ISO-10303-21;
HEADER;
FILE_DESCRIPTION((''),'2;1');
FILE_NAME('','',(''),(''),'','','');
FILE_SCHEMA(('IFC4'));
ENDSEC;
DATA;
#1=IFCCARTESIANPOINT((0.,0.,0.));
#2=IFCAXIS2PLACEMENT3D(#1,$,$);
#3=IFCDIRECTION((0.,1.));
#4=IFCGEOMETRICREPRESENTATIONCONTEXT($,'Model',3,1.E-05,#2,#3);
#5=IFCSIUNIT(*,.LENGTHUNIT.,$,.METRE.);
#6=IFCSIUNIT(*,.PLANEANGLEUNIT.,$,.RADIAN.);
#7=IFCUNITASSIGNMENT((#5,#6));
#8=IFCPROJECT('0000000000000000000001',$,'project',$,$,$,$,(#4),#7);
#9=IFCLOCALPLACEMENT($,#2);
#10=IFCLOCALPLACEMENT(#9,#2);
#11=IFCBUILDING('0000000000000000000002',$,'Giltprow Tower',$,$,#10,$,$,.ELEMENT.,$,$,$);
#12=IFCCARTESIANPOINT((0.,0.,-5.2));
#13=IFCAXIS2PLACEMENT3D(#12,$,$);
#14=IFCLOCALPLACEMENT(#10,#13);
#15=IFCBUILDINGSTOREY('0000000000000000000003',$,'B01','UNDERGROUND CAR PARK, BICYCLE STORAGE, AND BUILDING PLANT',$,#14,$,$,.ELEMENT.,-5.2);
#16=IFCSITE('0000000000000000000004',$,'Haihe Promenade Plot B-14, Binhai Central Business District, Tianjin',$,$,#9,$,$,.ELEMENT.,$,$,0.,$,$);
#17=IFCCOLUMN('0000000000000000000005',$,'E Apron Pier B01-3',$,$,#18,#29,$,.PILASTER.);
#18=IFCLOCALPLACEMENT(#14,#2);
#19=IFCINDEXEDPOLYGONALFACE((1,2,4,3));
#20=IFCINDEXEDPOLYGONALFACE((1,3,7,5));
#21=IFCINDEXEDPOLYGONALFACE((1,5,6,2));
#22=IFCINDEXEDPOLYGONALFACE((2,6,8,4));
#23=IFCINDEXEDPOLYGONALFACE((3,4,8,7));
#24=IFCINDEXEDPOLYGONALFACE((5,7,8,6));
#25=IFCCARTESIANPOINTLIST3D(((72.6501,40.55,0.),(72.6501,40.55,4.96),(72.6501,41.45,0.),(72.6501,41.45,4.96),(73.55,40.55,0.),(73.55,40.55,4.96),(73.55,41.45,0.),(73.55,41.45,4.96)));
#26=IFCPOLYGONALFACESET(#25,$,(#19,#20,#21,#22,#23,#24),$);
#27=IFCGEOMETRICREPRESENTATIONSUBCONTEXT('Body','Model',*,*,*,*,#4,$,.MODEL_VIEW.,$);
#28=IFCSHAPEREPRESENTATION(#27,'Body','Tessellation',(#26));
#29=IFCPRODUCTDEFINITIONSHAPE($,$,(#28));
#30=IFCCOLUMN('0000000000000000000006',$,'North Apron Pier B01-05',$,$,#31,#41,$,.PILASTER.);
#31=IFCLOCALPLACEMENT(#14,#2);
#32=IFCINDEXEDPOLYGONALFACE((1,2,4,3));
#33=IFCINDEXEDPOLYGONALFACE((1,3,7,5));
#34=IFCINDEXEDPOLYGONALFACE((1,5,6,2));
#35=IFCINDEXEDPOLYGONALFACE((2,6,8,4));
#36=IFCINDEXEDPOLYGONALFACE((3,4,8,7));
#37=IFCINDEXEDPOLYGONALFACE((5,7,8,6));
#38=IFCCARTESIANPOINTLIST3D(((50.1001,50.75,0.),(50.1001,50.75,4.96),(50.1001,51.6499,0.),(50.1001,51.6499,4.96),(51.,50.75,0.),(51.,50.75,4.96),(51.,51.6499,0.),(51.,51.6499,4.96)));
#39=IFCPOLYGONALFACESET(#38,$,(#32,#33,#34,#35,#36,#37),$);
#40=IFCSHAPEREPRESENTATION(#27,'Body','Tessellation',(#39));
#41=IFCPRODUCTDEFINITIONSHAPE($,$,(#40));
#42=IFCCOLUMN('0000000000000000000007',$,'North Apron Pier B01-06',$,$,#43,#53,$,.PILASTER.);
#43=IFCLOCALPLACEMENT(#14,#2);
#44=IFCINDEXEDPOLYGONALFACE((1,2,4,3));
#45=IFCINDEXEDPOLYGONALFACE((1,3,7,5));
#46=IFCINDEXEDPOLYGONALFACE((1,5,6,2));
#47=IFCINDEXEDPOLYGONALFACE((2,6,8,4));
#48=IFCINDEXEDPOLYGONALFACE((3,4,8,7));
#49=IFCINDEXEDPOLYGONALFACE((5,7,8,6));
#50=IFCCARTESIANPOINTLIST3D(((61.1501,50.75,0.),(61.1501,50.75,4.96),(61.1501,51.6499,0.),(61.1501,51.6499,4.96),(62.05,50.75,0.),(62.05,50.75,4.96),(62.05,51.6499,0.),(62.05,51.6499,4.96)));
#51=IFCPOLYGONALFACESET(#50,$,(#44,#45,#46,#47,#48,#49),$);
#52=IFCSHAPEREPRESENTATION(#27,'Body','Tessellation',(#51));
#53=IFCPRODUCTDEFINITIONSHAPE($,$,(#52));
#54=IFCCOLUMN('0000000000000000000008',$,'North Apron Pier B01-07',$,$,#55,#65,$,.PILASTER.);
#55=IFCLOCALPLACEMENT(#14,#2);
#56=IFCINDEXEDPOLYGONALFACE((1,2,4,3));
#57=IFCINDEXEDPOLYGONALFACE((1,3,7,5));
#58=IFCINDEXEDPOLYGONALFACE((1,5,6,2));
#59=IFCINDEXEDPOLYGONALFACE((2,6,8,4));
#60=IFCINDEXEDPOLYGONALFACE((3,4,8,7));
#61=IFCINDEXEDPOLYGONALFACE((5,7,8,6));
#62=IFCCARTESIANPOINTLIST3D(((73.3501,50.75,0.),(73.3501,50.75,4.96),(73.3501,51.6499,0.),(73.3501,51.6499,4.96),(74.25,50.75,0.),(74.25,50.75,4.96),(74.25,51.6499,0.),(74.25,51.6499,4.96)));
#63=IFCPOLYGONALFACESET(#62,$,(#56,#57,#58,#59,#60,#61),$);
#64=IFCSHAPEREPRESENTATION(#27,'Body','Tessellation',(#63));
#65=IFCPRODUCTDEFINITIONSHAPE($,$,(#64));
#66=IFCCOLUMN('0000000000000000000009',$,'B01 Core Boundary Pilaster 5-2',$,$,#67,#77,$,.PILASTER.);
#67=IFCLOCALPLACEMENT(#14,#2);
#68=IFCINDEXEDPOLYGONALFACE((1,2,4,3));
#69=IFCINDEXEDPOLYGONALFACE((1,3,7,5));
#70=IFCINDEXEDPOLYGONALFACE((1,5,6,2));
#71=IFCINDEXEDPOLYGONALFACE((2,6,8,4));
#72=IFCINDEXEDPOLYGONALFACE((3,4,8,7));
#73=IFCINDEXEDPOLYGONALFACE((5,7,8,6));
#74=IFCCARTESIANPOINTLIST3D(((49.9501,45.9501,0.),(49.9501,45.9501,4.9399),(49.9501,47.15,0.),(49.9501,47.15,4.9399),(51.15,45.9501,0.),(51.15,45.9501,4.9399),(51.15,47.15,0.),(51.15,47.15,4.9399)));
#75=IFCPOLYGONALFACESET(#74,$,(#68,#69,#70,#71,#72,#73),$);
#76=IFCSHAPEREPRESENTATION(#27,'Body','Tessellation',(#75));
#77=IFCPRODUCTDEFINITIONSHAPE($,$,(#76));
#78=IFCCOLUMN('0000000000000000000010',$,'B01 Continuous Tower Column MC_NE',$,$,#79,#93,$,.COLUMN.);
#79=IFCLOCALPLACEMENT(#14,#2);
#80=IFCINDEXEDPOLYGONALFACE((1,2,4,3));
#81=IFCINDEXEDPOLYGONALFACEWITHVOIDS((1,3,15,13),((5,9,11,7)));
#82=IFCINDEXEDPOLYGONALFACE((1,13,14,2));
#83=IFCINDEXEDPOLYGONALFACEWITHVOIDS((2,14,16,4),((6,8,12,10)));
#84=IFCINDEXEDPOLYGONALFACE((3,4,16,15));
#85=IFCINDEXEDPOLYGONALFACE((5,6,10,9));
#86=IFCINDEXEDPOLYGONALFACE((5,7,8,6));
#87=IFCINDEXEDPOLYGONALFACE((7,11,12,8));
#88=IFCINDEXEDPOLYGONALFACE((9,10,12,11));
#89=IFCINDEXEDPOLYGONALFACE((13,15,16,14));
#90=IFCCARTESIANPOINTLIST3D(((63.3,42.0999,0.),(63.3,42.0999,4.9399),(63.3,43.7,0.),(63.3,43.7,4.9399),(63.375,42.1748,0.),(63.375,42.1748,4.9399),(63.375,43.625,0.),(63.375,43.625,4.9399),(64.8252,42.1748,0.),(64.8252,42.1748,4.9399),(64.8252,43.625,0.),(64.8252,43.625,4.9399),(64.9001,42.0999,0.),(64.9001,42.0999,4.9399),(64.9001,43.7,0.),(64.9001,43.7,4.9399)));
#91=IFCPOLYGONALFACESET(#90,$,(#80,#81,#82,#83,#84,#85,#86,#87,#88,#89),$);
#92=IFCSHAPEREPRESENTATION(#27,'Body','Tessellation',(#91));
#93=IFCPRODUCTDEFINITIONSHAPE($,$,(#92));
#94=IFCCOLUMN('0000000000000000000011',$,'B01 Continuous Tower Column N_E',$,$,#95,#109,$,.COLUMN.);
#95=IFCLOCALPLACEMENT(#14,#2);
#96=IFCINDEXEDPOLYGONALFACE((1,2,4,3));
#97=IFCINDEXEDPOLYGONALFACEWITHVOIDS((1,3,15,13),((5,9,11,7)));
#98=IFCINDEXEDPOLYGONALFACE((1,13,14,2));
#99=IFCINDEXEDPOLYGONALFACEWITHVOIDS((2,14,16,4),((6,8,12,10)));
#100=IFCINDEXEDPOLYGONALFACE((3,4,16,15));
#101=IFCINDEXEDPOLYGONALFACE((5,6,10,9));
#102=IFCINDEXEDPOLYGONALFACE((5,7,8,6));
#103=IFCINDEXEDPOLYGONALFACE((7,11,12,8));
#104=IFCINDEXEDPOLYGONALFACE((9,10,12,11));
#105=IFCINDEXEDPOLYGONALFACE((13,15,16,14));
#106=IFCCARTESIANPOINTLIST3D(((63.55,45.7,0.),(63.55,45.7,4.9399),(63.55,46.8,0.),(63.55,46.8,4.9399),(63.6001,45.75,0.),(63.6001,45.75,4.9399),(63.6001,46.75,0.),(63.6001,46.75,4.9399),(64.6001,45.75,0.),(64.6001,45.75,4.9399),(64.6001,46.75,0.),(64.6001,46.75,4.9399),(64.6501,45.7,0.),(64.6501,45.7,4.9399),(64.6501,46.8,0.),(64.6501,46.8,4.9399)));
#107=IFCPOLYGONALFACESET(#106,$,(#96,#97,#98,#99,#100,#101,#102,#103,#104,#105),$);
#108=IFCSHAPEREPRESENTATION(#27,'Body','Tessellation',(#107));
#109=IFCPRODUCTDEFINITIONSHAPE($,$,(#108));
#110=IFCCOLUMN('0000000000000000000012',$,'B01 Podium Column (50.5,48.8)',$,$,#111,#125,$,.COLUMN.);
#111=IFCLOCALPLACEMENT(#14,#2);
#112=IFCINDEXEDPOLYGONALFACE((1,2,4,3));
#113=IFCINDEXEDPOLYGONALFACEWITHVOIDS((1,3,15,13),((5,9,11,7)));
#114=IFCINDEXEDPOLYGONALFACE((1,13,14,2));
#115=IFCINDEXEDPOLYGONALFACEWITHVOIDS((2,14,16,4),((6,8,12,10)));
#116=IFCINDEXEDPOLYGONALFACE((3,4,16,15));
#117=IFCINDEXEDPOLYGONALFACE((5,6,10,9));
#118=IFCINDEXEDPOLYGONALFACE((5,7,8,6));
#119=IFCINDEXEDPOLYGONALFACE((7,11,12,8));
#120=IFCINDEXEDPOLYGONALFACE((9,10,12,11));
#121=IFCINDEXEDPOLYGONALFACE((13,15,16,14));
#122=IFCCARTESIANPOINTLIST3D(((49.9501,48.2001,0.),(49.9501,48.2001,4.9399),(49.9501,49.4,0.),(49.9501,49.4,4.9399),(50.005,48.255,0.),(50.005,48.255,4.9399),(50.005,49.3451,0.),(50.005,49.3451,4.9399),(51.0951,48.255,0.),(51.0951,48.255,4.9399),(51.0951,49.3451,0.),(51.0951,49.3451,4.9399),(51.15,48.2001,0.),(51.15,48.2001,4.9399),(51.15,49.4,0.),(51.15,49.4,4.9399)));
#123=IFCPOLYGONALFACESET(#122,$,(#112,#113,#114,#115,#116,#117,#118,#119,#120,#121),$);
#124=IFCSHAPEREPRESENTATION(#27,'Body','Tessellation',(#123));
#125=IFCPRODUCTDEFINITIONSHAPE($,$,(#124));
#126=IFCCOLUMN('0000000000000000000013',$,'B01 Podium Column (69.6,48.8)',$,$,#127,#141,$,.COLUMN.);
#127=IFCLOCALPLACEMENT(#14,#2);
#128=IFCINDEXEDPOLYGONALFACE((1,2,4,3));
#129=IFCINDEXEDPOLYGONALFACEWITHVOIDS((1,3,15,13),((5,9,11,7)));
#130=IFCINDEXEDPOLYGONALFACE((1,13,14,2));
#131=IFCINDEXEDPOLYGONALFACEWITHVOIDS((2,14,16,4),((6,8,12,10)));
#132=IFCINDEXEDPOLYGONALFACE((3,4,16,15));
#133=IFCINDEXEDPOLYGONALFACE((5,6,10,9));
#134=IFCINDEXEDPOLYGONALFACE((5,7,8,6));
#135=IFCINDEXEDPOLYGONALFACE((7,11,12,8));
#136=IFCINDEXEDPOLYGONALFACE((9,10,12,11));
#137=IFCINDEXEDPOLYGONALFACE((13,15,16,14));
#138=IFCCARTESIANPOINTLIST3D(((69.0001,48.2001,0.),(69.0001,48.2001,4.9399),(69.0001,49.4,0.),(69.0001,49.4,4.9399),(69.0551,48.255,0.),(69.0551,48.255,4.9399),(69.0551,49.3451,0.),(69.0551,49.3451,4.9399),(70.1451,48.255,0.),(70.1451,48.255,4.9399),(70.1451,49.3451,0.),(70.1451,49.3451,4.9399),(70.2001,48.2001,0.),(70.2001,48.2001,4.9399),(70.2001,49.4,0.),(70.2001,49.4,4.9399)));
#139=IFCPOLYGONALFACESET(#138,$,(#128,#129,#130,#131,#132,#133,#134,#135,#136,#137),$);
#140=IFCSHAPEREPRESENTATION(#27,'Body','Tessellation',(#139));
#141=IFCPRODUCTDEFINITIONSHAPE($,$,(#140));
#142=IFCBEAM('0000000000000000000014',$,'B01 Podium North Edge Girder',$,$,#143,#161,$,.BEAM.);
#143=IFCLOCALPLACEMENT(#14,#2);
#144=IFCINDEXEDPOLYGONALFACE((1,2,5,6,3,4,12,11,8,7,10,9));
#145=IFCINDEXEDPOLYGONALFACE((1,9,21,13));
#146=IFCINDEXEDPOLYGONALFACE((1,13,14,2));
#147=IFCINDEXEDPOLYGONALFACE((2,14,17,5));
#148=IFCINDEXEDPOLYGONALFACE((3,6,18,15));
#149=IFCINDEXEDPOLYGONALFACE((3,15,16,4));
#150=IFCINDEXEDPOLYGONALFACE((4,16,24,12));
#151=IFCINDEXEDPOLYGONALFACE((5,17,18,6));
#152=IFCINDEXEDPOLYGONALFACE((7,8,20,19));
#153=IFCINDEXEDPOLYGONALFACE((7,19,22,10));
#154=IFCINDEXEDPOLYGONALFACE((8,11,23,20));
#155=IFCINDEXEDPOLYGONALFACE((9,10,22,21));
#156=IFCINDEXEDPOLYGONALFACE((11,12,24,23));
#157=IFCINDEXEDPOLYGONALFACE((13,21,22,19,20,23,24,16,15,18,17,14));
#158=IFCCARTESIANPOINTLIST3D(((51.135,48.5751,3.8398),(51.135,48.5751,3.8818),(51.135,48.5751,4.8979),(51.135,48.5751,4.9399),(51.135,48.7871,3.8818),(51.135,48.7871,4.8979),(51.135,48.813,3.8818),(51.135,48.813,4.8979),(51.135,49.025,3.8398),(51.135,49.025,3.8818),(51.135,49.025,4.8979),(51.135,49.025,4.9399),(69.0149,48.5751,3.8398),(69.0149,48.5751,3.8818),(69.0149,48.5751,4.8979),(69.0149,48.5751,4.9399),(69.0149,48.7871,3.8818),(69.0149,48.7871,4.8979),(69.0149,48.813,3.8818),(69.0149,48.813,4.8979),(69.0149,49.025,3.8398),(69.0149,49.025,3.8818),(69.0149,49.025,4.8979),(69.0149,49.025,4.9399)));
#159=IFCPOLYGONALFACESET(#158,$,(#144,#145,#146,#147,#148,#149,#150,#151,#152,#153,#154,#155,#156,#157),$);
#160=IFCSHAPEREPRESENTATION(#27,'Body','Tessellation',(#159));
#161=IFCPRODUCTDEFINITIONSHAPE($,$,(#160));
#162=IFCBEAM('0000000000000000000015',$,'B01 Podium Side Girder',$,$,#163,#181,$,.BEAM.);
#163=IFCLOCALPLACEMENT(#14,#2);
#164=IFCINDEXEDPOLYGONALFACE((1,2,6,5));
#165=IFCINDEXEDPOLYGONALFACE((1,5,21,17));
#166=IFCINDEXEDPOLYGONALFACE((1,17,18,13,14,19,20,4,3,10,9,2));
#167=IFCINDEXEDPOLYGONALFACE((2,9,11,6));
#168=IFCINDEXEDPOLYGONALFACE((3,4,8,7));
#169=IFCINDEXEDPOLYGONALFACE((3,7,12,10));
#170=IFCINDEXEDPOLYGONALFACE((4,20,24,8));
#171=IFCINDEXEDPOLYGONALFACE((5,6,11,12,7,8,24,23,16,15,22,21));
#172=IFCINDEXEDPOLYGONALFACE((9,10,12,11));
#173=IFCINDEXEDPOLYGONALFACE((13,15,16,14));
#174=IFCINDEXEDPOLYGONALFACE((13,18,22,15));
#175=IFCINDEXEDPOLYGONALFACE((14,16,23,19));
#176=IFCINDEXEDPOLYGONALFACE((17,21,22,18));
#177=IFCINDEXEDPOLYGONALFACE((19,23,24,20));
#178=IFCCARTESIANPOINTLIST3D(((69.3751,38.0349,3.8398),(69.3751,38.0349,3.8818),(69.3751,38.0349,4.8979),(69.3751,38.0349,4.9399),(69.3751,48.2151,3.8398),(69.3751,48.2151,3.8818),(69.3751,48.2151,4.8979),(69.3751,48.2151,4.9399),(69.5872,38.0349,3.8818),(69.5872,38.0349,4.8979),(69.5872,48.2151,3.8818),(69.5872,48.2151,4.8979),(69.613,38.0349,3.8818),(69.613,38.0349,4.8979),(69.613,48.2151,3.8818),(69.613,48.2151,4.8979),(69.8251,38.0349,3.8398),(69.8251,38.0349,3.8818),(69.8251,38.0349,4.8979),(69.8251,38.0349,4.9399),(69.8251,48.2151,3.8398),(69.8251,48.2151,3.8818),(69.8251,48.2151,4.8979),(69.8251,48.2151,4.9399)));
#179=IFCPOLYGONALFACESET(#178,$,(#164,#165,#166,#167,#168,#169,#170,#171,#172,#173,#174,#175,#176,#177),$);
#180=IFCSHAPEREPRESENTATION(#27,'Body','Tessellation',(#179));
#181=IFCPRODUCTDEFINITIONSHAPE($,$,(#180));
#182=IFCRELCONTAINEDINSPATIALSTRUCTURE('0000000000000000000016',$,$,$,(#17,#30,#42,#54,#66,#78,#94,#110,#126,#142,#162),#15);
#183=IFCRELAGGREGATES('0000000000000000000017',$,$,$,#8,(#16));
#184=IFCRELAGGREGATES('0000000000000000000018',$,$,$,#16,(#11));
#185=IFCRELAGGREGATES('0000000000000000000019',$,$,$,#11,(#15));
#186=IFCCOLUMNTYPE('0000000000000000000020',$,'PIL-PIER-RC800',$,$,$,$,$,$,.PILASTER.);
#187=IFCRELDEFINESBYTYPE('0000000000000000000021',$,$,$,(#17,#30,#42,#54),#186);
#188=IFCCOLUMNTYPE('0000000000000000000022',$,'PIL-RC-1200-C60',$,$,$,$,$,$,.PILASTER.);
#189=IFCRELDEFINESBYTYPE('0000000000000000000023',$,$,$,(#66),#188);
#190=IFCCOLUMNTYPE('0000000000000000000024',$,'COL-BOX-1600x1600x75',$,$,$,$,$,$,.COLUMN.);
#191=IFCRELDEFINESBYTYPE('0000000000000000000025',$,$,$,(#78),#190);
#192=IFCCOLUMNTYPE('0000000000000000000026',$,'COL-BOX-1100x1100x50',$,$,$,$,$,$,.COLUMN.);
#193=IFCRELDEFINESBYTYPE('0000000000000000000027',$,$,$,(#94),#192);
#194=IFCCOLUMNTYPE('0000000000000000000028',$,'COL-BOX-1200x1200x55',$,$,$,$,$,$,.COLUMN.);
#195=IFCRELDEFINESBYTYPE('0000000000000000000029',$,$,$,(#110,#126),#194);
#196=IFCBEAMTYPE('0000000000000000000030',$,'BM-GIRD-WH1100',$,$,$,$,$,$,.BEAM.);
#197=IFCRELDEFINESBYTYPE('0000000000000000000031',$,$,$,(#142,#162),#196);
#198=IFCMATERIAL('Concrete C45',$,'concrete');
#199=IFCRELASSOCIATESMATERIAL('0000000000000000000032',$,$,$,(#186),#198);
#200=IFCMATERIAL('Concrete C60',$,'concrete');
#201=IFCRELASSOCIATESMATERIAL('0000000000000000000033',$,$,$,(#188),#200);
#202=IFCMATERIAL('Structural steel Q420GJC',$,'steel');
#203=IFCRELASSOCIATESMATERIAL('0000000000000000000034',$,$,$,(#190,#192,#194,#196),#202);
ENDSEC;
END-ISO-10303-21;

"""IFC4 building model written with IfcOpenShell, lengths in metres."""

from ifc_helpers import new_model, si_unit, direction, frame, origin, origin_2d, place, context, subcontext, project, spatial, rectangle, hollow_rectangle, i_section, extrude, source, transform, mapped, material, material_profile, profile_set, type_object, element, save


model = new_model("IFC4")

# Units and contexts
model_context = context("Model", 3, precision=1e-05, world=origin(), true_north=direction((0.0, 1.0)))
body_context = subcontext(model_context, "Body", "Model", "MODEL_VIEW")
ifc_project = project(units=[si_unit("LENGTHUNIT", "METRE"), si_unit("PLANEANGLEUNIT", "RADIAN")], contexts=[model_context])

# Site, building, storey
site_placement = place(None, origin())
site = spatial("IfcSite", under=ifc_project, at=site_placement, Name="Haihe Promenade Plot B-14, Binhai Central Business District, Tianjin", CompositionType="ELEMENT", RefElevation=0.0)
building_placement = place(site_placement, origin())
building = spatial("IfcBuilding", under=site, at=building_placement, Name="Giltprow Tower", CompositionType="ELEMENT")
storey_placement = place(building_placement, frame((0.0, 0.0, -5.2)))
storey = spatial("IfcBuildingStorey", under=building, at=storey_placement, Name="B01", Description="UNDERGROUND CAR PARK, BICYCLE STORAGE, AND BUILDING PLANT", CompositionType="ELEMENT", Elevation=-5.2)

# Columns
ifc_material_1 = material(Name="Concrete C45", Category="concrete")
ifc_material_profile_1 = material_profile(ifc_material_1, rectangle(XDim=0.8999, YDim=0.8999, at=origin_2d()), Name="RC 900x900")
ifc_profile_set_1 = profile_set([ifc_material_profile_1], Name="Concrete C45")
column_type_1 = type_object("IfcColumnType", Name="PIL-PIER-RC800", PredefinedType="PILASTER", material=ifc_profile_set_1)
shared_shape_1 = source(origin(), body_context, "Body", "SweptSolid", [
    extrude(rectangle(XDim=0.8999, YDim=0.8999, at=origin_2d()), origin(), (0.0, 0.0, 1.0), 4.96),
])
for number, where, z_axis, x_axis, name in (
    (1, (73.1001, 41.0, 0.0), (0.0, 0.0, 1.0), (1.0, 0.0, 0.0), "E Apron Pier B01-3"),
    (2, (50.55, 51.2, 0.0), (0.0, 0.0, 1.0), (1.0, 0.0, 0.0), "North Apron Pier B01-05"),
    (3, (61.6001, 51.2, 0.0), (0.0, 0.0, 1.0), (1.0, 0.0, 0.0), "North Apron Pier B01-06"),
    (4, (73.8, 51.2, 0.0), (0.0, 0.0, 1.0), (1.0, 0.0, 0.0), "North Apron Pier B01-07"),
):
    element("IfcColumn", number, at=place(storey_placement, frame(where, z_axis=z_axis, x_axis=x_axis)), inside=storey, type_object=column_type_1, Name=name, PredefinedType="PILASTER", context=body_context, shape_type="MappedRepresentation", body=[
        mapped(shared_shape_1, transform((0.0, 0.0, 0.0), x_axis=(1.0, 0.0, 0.0), y_axis=(0.0, 1.0, 0.0), z_axis=(0.0, 0.0, 1.0), scale=1.0)),
    ])
ifc_material_2 = material(Name="Concrete C60", Category="concrete")
ifc_material_profile_2 = material_profile(ifc_material_2, rectangle(XDim=1.2, YDim=1.2, at=origin_2d()), Name="RC 1200x1200")
ifc_profile_set_2 = profile_set([ifc_material_profile_2], Name="Concrete C60")
column_type_2 = type_object("IfcColumnType", Name="PIL-RC-1200-C60", PredefinedType="PILASTER", material=ifc_profile_set_2)
shared_shape_2 = source(origin(), body_context, "Body", "SweptSolid", [
    extrude(rectangle(XDim=1.2, YDim=1.2, at=origin_2d()), origin(), (0.0, 0.0, 1.0), 4.9399),
])
column_1_placement = place(storey_placement, frame((50.55, 46.55, 0.0), z_axis=(0.0, 0.0, 1.0), x_axis=(1.0, 0.0, 0.0)))
element("IfcColumn", 5, at=column_1_placement, inside=storey, type_object=column_type_2, Name="B01 Core Boundary Pilaster 5-2", PredefinedType="PILASTER", context=body_context, shape_type="MappedRepresentation", body=[
    mapped(shared_shape_2, transform((0.0, 0.0, 0.0), x_axis=(1.0, 0.0, 0.0), y_axis=(0.0, 1.0, 0.0), z_axis=(0.0, 0.0, 1.0), scale=1.0)),
])
ifc_material_3 = material(Name="Structural steel Q420GJC", Category="steel")
ifc_material_profile_3 = material_profile(ifc_material_3, hollow_rectangle(XDim=1.6001, YDim=1.6001, WallThickness=0.075, at=origin_2d()), Name="BOX 1600x1600x75")
ifc_profile_set_3 = profile_set([ifc_material_profile_3], Name="Structural steel Q420GJC")
column_type_3 = type_object("IfcColumnType", Name="COL-BOX-1600x1600x75", PredefinedType="COLUMN", material=ifc_profile_set_3)
shared_shape_3 = source(origin(), body_context, "Body", "SweptSolid", [
    extrude(hollow_rectangle(XDim=1.6001, YDim=1.6001, WallThickness=0.075, at=origin_2d()), origin(), (0.0, 0.0, 1.0), 4.9399),
])
column_2_placement = place(storey_placement, frame((64.1001, 42.8999, 0.0), z_axis=(0.0, 0.0, 1.0), x_axis=(1.0, 0.0, 0.0)))
element("IfcColumn", 6, at=column_2_placement, inside=storey, type_object=column_type_3, Name="B01 Continuous Tower Column MC_NE", PredefinedType="COLUMN", context=body_context, shape_type="MappedRepresentation", body=[
    mapped(shared_shape_3, transform((0.0, 0.0, 0.0), x_axis=(1.0, 0.0, 0.0), y_axis=(0.0, 1.0, 0.0), z_axis=(0.0, 0.0, 1.0), scale=1.0)),
])
ifc_material_profile_4 = material_profile(ifc_material_3, hollow_rectangle(XDim=1.1001, YDim=1.1001, WallThickness=0.05, at=origin_2d()), Name="BOX 1100x1100x50")
ifc_profile_set_4 = profile_set([ifc_material_profile_4], Name="Structural steel Q420GJC")
column_type_4 = type_object("IfcColumnType", Name="COL-BOX-1100x1100x50", PredefinedType="COLUMN", material=ifc_profile_set_4)
shared_shape_4 = source(origin(), body_context, "Body", "SweptSolid", [
    extrude(hollow_rectangle(XDim=1.1001, YDim=1.1001, WallThickness=0.05, at=origin_2d()), origin(), (0.0, 0.0, 1.0), 4.9399),
])
column_3_placement = place(storey_placement, frame((64.1001, 46.25, 0.0), z_axis=(0.0, 0.0, 1.0), x_axis=(1.0, 0.0, 0.0)))
element("IfcColumn", 7, at=column_3_placement, inside=storey, type_object=column_type_4, Name="B01 Continuous Tower Column N_E", PredefinedType="COLUMN", context=body_context, shape_type="MappedRepresentation", body=[
    mapped(shared_shape_4, transform((0.0, 0.0, 0.0), x_axis=(1.0, 0.0, 0.0), y_axis=(0.0, 1.0, 0.0), z_axis=(0.0, 0.0, 1.0), scale=1.0)),
])
ifc_material_profile_5 = material_profile(ifc_material_3, hollow_rectangle(XDim=1.2, YDim=1.2, WallThickness=0.0549, at=origin_2d()), Name="BOX 1200x1200x55")
ifc_profile_set_5 = profile_set([ifc_material_profile_5], Name="Structural steel Q420GJC")
column_type_5 = type_object("IfcColumnType", Name="COL-BOX-1200x1200x55", PredefinedType="COLUMN", material=ifc_profile_set_5)
shared_shape_5 = source(origin(), body_context, "Body", "SweptSolid", [
    extrude(hollow_rectangle(XDim=1.2, YDim=1.2, WallThickness=0.0549, at=origin_2d()), origin(), (0.0, 0.0, 1.0), 4.9399),
])
for number, where, z_axis, x_axis, name in (
    (8, (50.55, 48.8, 0.0), (0.0, 0.0, 1.0), (1.0, 0.0, 0.0), "B01 Podium Column (50.5,48.8)"),
    (9, (69.6001, 48.8, 0.0), (0.0, 0.0, 1.0), (1.0, 0.0, 0.0), "B01 Podium Column (69.6,48.8)"),
):
    element("IfcColumn", number, at=place(storey_placement, frame(where, z_axis=z_axis, x_axis=x_axis)), inside=storey, type_object=column_type_5, Name=name, PredefinedType="COLUMN", context=body_context, shape_type="MappedRepresentation", body=[
        mapped(shared_shape_5, transform((0.0, 0.0, 0.0), x_axis=(1.0, 0.0, 0.0), y_axis=(0.0, 1.0, 0.0), z_axis=(0.0, 0.0, 1.0), scale=1.0)),
    ])

# Beams
ifc_material_profile_6 = material_profile(ifc_material_3, i_section(OverallWidth=0.45, OverallDepth=1.1001, WebThickness=0.0259, FlangeThickness=0.042, at=origin_2d()), Name="WH 1100x450x26x42")
ifc_profile_set_6 = profile_set([ifc_material_profile_6], Name="Structural steel Q420GJC")
beam_type_1 = type_object("IfcBeamType", Name="BM-GIRD-WH1100", PredefinedType="BEAM", material=ifc_profile_set_6)
shared_shape_6 = source(origin(), body_context, "Body", "SweptSolid", [
    extrude(i_section(OverallWidth=0.45, OverallDepth=1.1001, WebThickness=0.0259, FlangeThickness=0.042, at=origin_2d()), origin(), (0.0, 0.0, 1.0), 17.8799),
])
beam_1_placement = place(storey_placement, frame((51.135, 48.8, 4.3899), z_axis=(1.0, 0.0, 0.0), x_axis=(0.0, 1.0, 0.0)))
element("IfcBeam", 10, at=beam_1_placement, inside=storey, type_object=beam_type_1, Name="B01 Podium North Edge Girder", PredefinedType="BEAM", context=body_context, shape_type="MappedRepresentation", body=[
    mapped(shared_shape_6, transform((0.0, 0.0, 0.0), x_axis=(1.0, 0.0, 0.0), y_axis=(0.0, 1.0, 0.0), z_axis=(0.0, 0.0, 1.0), scale=1.0)),
])
shared_shape_7 = source(origin(), body_context, "Body", "SweptSolid", [
    extrude(i_section(OverallWidth=0.45, OverallDepth=1.1001, WebThickness=0.0259, FlangeThickness=0.042, at=origin_2d()), origin(), (0.0, 0.0, 1.0), 10.1802),
])
beam_2_placement = place(storey_placement, frame((69.6001, 38.0349, 4.3899), z_axis=(0.0, 1.0, 0.0), x_axis=(-1.0, 0.0, 0.0)))
element("IfcBeam", 11, at=beam_2_placement, inside=storey, type_object=beam_type_1, Name="B01 Podium Side Girder", PredefinedType="BEAM", context=body_context, shape_type="MappedRepresentation", body=[
    mapped(shared_shape_7, transform((0.0, 0.0, 0.0), x_axis=(1.0, 0.0, 0.0), y_axis=(0.0, 1.0, 0.0), z_axis=(0.0, 0.0, 1.0), scale=1.0)),
])

save(model, "model.ifc")
